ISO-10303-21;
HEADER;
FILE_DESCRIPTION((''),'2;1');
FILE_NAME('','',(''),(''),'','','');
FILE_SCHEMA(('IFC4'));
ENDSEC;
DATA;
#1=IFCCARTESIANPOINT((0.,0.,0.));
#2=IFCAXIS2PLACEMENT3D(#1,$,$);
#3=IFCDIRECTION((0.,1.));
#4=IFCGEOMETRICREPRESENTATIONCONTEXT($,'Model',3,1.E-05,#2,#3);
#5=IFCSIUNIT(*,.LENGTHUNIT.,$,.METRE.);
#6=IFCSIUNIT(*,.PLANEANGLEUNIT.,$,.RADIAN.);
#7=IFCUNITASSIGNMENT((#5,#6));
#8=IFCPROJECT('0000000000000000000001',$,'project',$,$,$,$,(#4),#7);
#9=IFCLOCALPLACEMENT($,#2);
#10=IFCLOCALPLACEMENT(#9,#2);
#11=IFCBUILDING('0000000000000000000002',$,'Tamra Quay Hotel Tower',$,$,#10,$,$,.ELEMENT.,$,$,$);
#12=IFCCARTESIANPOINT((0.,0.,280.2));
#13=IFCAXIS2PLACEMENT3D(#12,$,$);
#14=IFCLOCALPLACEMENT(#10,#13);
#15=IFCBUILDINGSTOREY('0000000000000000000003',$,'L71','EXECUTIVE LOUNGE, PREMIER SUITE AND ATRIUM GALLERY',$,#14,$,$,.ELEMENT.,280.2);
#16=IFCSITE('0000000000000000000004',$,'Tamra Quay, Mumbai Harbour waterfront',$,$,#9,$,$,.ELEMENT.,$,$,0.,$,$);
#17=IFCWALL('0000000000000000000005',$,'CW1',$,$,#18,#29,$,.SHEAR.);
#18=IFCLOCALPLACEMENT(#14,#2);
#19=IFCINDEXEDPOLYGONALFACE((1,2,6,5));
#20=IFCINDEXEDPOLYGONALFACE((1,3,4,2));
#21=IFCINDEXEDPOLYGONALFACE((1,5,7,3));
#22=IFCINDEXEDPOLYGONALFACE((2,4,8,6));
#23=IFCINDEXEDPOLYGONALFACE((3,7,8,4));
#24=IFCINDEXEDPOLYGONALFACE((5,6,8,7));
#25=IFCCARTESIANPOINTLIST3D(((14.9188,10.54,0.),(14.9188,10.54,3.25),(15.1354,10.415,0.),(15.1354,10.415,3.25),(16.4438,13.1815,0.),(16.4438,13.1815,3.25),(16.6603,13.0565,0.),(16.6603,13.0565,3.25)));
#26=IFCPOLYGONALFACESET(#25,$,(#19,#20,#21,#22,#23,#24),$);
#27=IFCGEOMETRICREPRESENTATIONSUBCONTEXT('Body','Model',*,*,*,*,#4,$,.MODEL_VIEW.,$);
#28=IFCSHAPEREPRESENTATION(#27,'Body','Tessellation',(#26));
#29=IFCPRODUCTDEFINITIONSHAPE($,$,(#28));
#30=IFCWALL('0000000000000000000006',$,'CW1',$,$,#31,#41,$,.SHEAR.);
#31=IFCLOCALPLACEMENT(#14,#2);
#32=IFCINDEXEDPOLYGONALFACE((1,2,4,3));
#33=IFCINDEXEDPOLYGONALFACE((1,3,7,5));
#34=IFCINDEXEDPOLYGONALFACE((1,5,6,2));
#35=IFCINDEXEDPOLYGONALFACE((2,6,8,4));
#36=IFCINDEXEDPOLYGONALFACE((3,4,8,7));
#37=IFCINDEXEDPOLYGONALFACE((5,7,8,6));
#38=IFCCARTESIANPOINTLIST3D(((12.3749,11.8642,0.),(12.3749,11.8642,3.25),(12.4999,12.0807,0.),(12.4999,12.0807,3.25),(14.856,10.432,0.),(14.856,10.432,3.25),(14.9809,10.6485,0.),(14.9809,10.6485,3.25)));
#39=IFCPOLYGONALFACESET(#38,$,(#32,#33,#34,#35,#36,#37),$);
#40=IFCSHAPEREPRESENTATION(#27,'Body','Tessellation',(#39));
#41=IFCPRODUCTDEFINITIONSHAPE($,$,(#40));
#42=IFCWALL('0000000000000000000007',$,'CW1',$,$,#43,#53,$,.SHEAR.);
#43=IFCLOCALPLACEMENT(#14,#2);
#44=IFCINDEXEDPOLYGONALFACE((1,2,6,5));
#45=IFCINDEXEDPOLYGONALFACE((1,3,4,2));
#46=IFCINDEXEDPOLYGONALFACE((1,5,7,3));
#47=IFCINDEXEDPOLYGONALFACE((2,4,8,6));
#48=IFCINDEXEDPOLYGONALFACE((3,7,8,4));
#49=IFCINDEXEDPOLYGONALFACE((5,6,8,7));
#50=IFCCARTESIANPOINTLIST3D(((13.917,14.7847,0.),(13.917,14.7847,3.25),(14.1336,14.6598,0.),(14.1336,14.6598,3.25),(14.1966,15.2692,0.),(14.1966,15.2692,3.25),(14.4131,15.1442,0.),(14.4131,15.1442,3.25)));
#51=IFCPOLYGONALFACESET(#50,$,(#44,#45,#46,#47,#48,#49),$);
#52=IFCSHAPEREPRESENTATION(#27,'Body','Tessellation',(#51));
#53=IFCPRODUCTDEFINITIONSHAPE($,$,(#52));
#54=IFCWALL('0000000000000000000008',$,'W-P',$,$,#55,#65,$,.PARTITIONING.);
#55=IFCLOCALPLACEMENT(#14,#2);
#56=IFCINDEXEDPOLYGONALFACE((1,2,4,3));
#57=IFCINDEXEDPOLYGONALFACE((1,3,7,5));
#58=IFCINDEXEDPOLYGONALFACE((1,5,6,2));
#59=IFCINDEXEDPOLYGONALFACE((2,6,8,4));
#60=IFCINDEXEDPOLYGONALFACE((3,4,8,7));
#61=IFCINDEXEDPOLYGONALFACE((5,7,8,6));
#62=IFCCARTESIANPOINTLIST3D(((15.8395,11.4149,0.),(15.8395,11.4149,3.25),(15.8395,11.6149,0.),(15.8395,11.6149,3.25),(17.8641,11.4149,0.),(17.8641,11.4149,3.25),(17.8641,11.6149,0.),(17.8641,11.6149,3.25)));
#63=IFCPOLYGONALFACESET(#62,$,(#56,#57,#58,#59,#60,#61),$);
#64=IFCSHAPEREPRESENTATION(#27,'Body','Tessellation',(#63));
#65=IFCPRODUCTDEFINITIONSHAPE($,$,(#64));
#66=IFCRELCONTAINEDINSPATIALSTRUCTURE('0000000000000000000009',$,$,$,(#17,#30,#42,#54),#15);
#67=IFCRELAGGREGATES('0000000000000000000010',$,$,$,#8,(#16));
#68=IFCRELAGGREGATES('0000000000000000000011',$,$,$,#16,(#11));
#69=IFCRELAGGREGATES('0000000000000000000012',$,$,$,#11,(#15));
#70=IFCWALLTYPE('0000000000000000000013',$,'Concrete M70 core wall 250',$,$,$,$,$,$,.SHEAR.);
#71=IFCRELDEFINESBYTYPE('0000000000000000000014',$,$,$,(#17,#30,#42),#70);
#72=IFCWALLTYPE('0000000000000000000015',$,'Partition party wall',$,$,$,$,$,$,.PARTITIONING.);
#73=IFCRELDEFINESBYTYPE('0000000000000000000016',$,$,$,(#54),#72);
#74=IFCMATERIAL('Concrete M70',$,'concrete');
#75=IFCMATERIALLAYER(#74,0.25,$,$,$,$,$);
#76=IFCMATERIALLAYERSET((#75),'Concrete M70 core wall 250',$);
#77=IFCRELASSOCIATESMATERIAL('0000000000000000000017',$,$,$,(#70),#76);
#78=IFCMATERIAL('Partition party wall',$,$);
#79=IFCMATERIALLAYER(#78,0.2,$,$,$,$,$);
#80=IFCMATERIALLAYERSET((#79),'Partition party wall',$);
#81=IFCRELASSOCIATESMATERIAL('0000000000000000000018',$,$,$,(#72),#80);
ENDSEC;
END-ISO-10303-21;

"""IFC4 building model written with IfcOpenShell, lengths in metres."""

from ifc_helpers import new_model, si_unit, direction, frame, frame_2d, origin, place, context, subcontext, project, spatial, rectangle, extrude, material, layer, layer_set, type_object, element, save


model = new_model("IFC4")

# Units and contexts
model_context = context("Model", 3, precision=1e-05, world=origin(), true_north=direction((0.0, 1.0)))
body_context = subcontext(model_context, "Body", "Model", "MODEL_VIEW")
ifc_project = project(units=[si_unit("LENGTHUNIT", "METRE"), si_unit("PLANEANGLEUNIT", "RADIAN")], contexts=[model_context])

# Site, building, storey
site_placement = place(None, origin())
site = spatial("IfcSite", under=ifc_project, at=site_placement, Name="Tamra Quay, Mumbai Harbour waterfront", CompositionType="ELEMENT", RefElevation=0.0)
building_placement = place(site_placement, origin())
building = spatial("IfcBuilding", under=site, at=building_placement, Name="Tamra Quay Hotel Tower", CompositionType="ELEMENT")
storey_placement = place(building_placement, frame((0.0, 0.0, 280.2)))
storey = spatial("IfcBuildingStorey", under=building, at=storey_placement, Name="L71", Description="EXECUTIVE LOUNGE, PREMIER SUITE AND ATRIUM GALLERY", CompositionType="ELEMENT", Elevation=280.2)

# Shared definitions
ifc_material_1 = material(Name="Concrete M70", Category="concrete")

# Walls
ifc_layer_1 = layer(ifc_material_1, 0.25)
ifc_layer_set_1 = layer_set([ifc_layer_1], Name="Concrete M70 core wall 250")
wall_type_1 = type_object("IfcWallType", Name="Concrete M70 core wall 250", PredefinedType="SHEAR", material=ifc_layer_set_1)
wall_1_placement = place(storey_placement, frame((16.552, 13.1189, 0.0), z_axis=(0.0, 0.0, 1.0), x_axis=(-0.499979, -0.866038, 0.0)))
element("IfcWall", 1, at=wall_1_placement, inside=storey, type_object=wall_type_1, Name="CW1", PredefinedType="SHEAR", context=body_context, shape_type="SweptSolid", body=[
    extrude(rectangle(XDim=3.05, YDim=0.25, at=frame_2d((1.5249, 0.0))), origin(), (0.0, 0.0, 1.0), 3.25),
])
wall_2_placement = place(storey_placement, frame((14.9185, 10.5403, 0.0), z_axis=(0.0, 0.0, 1.0), x_axis=(-0.866064, 0.499934, 0.0)))
element("IfcWall", 2, at=wall_2_placement, inside=storey, type_object=wall_type_1, Name="CW1", PredefinedType="SHEAR", context=body_context, shape_type="SweptSolid", body=[
    extrude(rectangle(XDim=2.8647, YDim=0.25, at=frame_2d((1.4324, 0.0))), origin(), (0.0, 0.0, 1.0), 3.25),
])
wall_3_placement = place(storey_placement, frame((14.3049, 15.2068, 0.0), z_axis=(0.0, 0.0, 1.0), x_axis=(-0.499848, -0.866113, 0.0)))
element("IfcWall", 3, at=wall_3_placement, inside=storey, type_object=wall_type_1, Name="CW1", PredefinedType="SHEAR", context=body_context, shape_type="SweptSolid", body=[
    extrude(rectangle(XDim=0.5593, YDim=0.25, at=frame_2d((0.2798, 0.0))), origin(), (0.0, 0.0, 1.0), 3.25),
])
ifc_material_2 = material(Name="Partition party wall")
ifc_layer_2 = layer(ifc_material_2, 0.2)
ifc_layer_set_2 = layer_set([ifc_layer_2], Name="Partition party wall")
wall_type_2 = type_object("IfcWallType", Name="Partition party wall", PredefinedType="PARTITIONING", material=ifc_layer_set_2)
wall_4_placement = place(storey_placement, frame((15.8396, 11.5149, 0.0), z_axis=(0.0, 0.0, 1.0), x_axis=(1.0, 0.0, 0.0)))
element("IfcWall", 4, at=wall_4_placement, inside=storey, type_object=wall_type_2, Name="W-P", PredefinedType="PARTITIONING", context=body_context, shape_type="SweptSolid", body=[
    extrude(rectangle(XDim=2.0247, YDim=0.2, at=frame_2d((1.0122, 0.0))), origin(), (0.0, 0.0, 1.0), 3.25),
])

save(model, "model.ifc")
